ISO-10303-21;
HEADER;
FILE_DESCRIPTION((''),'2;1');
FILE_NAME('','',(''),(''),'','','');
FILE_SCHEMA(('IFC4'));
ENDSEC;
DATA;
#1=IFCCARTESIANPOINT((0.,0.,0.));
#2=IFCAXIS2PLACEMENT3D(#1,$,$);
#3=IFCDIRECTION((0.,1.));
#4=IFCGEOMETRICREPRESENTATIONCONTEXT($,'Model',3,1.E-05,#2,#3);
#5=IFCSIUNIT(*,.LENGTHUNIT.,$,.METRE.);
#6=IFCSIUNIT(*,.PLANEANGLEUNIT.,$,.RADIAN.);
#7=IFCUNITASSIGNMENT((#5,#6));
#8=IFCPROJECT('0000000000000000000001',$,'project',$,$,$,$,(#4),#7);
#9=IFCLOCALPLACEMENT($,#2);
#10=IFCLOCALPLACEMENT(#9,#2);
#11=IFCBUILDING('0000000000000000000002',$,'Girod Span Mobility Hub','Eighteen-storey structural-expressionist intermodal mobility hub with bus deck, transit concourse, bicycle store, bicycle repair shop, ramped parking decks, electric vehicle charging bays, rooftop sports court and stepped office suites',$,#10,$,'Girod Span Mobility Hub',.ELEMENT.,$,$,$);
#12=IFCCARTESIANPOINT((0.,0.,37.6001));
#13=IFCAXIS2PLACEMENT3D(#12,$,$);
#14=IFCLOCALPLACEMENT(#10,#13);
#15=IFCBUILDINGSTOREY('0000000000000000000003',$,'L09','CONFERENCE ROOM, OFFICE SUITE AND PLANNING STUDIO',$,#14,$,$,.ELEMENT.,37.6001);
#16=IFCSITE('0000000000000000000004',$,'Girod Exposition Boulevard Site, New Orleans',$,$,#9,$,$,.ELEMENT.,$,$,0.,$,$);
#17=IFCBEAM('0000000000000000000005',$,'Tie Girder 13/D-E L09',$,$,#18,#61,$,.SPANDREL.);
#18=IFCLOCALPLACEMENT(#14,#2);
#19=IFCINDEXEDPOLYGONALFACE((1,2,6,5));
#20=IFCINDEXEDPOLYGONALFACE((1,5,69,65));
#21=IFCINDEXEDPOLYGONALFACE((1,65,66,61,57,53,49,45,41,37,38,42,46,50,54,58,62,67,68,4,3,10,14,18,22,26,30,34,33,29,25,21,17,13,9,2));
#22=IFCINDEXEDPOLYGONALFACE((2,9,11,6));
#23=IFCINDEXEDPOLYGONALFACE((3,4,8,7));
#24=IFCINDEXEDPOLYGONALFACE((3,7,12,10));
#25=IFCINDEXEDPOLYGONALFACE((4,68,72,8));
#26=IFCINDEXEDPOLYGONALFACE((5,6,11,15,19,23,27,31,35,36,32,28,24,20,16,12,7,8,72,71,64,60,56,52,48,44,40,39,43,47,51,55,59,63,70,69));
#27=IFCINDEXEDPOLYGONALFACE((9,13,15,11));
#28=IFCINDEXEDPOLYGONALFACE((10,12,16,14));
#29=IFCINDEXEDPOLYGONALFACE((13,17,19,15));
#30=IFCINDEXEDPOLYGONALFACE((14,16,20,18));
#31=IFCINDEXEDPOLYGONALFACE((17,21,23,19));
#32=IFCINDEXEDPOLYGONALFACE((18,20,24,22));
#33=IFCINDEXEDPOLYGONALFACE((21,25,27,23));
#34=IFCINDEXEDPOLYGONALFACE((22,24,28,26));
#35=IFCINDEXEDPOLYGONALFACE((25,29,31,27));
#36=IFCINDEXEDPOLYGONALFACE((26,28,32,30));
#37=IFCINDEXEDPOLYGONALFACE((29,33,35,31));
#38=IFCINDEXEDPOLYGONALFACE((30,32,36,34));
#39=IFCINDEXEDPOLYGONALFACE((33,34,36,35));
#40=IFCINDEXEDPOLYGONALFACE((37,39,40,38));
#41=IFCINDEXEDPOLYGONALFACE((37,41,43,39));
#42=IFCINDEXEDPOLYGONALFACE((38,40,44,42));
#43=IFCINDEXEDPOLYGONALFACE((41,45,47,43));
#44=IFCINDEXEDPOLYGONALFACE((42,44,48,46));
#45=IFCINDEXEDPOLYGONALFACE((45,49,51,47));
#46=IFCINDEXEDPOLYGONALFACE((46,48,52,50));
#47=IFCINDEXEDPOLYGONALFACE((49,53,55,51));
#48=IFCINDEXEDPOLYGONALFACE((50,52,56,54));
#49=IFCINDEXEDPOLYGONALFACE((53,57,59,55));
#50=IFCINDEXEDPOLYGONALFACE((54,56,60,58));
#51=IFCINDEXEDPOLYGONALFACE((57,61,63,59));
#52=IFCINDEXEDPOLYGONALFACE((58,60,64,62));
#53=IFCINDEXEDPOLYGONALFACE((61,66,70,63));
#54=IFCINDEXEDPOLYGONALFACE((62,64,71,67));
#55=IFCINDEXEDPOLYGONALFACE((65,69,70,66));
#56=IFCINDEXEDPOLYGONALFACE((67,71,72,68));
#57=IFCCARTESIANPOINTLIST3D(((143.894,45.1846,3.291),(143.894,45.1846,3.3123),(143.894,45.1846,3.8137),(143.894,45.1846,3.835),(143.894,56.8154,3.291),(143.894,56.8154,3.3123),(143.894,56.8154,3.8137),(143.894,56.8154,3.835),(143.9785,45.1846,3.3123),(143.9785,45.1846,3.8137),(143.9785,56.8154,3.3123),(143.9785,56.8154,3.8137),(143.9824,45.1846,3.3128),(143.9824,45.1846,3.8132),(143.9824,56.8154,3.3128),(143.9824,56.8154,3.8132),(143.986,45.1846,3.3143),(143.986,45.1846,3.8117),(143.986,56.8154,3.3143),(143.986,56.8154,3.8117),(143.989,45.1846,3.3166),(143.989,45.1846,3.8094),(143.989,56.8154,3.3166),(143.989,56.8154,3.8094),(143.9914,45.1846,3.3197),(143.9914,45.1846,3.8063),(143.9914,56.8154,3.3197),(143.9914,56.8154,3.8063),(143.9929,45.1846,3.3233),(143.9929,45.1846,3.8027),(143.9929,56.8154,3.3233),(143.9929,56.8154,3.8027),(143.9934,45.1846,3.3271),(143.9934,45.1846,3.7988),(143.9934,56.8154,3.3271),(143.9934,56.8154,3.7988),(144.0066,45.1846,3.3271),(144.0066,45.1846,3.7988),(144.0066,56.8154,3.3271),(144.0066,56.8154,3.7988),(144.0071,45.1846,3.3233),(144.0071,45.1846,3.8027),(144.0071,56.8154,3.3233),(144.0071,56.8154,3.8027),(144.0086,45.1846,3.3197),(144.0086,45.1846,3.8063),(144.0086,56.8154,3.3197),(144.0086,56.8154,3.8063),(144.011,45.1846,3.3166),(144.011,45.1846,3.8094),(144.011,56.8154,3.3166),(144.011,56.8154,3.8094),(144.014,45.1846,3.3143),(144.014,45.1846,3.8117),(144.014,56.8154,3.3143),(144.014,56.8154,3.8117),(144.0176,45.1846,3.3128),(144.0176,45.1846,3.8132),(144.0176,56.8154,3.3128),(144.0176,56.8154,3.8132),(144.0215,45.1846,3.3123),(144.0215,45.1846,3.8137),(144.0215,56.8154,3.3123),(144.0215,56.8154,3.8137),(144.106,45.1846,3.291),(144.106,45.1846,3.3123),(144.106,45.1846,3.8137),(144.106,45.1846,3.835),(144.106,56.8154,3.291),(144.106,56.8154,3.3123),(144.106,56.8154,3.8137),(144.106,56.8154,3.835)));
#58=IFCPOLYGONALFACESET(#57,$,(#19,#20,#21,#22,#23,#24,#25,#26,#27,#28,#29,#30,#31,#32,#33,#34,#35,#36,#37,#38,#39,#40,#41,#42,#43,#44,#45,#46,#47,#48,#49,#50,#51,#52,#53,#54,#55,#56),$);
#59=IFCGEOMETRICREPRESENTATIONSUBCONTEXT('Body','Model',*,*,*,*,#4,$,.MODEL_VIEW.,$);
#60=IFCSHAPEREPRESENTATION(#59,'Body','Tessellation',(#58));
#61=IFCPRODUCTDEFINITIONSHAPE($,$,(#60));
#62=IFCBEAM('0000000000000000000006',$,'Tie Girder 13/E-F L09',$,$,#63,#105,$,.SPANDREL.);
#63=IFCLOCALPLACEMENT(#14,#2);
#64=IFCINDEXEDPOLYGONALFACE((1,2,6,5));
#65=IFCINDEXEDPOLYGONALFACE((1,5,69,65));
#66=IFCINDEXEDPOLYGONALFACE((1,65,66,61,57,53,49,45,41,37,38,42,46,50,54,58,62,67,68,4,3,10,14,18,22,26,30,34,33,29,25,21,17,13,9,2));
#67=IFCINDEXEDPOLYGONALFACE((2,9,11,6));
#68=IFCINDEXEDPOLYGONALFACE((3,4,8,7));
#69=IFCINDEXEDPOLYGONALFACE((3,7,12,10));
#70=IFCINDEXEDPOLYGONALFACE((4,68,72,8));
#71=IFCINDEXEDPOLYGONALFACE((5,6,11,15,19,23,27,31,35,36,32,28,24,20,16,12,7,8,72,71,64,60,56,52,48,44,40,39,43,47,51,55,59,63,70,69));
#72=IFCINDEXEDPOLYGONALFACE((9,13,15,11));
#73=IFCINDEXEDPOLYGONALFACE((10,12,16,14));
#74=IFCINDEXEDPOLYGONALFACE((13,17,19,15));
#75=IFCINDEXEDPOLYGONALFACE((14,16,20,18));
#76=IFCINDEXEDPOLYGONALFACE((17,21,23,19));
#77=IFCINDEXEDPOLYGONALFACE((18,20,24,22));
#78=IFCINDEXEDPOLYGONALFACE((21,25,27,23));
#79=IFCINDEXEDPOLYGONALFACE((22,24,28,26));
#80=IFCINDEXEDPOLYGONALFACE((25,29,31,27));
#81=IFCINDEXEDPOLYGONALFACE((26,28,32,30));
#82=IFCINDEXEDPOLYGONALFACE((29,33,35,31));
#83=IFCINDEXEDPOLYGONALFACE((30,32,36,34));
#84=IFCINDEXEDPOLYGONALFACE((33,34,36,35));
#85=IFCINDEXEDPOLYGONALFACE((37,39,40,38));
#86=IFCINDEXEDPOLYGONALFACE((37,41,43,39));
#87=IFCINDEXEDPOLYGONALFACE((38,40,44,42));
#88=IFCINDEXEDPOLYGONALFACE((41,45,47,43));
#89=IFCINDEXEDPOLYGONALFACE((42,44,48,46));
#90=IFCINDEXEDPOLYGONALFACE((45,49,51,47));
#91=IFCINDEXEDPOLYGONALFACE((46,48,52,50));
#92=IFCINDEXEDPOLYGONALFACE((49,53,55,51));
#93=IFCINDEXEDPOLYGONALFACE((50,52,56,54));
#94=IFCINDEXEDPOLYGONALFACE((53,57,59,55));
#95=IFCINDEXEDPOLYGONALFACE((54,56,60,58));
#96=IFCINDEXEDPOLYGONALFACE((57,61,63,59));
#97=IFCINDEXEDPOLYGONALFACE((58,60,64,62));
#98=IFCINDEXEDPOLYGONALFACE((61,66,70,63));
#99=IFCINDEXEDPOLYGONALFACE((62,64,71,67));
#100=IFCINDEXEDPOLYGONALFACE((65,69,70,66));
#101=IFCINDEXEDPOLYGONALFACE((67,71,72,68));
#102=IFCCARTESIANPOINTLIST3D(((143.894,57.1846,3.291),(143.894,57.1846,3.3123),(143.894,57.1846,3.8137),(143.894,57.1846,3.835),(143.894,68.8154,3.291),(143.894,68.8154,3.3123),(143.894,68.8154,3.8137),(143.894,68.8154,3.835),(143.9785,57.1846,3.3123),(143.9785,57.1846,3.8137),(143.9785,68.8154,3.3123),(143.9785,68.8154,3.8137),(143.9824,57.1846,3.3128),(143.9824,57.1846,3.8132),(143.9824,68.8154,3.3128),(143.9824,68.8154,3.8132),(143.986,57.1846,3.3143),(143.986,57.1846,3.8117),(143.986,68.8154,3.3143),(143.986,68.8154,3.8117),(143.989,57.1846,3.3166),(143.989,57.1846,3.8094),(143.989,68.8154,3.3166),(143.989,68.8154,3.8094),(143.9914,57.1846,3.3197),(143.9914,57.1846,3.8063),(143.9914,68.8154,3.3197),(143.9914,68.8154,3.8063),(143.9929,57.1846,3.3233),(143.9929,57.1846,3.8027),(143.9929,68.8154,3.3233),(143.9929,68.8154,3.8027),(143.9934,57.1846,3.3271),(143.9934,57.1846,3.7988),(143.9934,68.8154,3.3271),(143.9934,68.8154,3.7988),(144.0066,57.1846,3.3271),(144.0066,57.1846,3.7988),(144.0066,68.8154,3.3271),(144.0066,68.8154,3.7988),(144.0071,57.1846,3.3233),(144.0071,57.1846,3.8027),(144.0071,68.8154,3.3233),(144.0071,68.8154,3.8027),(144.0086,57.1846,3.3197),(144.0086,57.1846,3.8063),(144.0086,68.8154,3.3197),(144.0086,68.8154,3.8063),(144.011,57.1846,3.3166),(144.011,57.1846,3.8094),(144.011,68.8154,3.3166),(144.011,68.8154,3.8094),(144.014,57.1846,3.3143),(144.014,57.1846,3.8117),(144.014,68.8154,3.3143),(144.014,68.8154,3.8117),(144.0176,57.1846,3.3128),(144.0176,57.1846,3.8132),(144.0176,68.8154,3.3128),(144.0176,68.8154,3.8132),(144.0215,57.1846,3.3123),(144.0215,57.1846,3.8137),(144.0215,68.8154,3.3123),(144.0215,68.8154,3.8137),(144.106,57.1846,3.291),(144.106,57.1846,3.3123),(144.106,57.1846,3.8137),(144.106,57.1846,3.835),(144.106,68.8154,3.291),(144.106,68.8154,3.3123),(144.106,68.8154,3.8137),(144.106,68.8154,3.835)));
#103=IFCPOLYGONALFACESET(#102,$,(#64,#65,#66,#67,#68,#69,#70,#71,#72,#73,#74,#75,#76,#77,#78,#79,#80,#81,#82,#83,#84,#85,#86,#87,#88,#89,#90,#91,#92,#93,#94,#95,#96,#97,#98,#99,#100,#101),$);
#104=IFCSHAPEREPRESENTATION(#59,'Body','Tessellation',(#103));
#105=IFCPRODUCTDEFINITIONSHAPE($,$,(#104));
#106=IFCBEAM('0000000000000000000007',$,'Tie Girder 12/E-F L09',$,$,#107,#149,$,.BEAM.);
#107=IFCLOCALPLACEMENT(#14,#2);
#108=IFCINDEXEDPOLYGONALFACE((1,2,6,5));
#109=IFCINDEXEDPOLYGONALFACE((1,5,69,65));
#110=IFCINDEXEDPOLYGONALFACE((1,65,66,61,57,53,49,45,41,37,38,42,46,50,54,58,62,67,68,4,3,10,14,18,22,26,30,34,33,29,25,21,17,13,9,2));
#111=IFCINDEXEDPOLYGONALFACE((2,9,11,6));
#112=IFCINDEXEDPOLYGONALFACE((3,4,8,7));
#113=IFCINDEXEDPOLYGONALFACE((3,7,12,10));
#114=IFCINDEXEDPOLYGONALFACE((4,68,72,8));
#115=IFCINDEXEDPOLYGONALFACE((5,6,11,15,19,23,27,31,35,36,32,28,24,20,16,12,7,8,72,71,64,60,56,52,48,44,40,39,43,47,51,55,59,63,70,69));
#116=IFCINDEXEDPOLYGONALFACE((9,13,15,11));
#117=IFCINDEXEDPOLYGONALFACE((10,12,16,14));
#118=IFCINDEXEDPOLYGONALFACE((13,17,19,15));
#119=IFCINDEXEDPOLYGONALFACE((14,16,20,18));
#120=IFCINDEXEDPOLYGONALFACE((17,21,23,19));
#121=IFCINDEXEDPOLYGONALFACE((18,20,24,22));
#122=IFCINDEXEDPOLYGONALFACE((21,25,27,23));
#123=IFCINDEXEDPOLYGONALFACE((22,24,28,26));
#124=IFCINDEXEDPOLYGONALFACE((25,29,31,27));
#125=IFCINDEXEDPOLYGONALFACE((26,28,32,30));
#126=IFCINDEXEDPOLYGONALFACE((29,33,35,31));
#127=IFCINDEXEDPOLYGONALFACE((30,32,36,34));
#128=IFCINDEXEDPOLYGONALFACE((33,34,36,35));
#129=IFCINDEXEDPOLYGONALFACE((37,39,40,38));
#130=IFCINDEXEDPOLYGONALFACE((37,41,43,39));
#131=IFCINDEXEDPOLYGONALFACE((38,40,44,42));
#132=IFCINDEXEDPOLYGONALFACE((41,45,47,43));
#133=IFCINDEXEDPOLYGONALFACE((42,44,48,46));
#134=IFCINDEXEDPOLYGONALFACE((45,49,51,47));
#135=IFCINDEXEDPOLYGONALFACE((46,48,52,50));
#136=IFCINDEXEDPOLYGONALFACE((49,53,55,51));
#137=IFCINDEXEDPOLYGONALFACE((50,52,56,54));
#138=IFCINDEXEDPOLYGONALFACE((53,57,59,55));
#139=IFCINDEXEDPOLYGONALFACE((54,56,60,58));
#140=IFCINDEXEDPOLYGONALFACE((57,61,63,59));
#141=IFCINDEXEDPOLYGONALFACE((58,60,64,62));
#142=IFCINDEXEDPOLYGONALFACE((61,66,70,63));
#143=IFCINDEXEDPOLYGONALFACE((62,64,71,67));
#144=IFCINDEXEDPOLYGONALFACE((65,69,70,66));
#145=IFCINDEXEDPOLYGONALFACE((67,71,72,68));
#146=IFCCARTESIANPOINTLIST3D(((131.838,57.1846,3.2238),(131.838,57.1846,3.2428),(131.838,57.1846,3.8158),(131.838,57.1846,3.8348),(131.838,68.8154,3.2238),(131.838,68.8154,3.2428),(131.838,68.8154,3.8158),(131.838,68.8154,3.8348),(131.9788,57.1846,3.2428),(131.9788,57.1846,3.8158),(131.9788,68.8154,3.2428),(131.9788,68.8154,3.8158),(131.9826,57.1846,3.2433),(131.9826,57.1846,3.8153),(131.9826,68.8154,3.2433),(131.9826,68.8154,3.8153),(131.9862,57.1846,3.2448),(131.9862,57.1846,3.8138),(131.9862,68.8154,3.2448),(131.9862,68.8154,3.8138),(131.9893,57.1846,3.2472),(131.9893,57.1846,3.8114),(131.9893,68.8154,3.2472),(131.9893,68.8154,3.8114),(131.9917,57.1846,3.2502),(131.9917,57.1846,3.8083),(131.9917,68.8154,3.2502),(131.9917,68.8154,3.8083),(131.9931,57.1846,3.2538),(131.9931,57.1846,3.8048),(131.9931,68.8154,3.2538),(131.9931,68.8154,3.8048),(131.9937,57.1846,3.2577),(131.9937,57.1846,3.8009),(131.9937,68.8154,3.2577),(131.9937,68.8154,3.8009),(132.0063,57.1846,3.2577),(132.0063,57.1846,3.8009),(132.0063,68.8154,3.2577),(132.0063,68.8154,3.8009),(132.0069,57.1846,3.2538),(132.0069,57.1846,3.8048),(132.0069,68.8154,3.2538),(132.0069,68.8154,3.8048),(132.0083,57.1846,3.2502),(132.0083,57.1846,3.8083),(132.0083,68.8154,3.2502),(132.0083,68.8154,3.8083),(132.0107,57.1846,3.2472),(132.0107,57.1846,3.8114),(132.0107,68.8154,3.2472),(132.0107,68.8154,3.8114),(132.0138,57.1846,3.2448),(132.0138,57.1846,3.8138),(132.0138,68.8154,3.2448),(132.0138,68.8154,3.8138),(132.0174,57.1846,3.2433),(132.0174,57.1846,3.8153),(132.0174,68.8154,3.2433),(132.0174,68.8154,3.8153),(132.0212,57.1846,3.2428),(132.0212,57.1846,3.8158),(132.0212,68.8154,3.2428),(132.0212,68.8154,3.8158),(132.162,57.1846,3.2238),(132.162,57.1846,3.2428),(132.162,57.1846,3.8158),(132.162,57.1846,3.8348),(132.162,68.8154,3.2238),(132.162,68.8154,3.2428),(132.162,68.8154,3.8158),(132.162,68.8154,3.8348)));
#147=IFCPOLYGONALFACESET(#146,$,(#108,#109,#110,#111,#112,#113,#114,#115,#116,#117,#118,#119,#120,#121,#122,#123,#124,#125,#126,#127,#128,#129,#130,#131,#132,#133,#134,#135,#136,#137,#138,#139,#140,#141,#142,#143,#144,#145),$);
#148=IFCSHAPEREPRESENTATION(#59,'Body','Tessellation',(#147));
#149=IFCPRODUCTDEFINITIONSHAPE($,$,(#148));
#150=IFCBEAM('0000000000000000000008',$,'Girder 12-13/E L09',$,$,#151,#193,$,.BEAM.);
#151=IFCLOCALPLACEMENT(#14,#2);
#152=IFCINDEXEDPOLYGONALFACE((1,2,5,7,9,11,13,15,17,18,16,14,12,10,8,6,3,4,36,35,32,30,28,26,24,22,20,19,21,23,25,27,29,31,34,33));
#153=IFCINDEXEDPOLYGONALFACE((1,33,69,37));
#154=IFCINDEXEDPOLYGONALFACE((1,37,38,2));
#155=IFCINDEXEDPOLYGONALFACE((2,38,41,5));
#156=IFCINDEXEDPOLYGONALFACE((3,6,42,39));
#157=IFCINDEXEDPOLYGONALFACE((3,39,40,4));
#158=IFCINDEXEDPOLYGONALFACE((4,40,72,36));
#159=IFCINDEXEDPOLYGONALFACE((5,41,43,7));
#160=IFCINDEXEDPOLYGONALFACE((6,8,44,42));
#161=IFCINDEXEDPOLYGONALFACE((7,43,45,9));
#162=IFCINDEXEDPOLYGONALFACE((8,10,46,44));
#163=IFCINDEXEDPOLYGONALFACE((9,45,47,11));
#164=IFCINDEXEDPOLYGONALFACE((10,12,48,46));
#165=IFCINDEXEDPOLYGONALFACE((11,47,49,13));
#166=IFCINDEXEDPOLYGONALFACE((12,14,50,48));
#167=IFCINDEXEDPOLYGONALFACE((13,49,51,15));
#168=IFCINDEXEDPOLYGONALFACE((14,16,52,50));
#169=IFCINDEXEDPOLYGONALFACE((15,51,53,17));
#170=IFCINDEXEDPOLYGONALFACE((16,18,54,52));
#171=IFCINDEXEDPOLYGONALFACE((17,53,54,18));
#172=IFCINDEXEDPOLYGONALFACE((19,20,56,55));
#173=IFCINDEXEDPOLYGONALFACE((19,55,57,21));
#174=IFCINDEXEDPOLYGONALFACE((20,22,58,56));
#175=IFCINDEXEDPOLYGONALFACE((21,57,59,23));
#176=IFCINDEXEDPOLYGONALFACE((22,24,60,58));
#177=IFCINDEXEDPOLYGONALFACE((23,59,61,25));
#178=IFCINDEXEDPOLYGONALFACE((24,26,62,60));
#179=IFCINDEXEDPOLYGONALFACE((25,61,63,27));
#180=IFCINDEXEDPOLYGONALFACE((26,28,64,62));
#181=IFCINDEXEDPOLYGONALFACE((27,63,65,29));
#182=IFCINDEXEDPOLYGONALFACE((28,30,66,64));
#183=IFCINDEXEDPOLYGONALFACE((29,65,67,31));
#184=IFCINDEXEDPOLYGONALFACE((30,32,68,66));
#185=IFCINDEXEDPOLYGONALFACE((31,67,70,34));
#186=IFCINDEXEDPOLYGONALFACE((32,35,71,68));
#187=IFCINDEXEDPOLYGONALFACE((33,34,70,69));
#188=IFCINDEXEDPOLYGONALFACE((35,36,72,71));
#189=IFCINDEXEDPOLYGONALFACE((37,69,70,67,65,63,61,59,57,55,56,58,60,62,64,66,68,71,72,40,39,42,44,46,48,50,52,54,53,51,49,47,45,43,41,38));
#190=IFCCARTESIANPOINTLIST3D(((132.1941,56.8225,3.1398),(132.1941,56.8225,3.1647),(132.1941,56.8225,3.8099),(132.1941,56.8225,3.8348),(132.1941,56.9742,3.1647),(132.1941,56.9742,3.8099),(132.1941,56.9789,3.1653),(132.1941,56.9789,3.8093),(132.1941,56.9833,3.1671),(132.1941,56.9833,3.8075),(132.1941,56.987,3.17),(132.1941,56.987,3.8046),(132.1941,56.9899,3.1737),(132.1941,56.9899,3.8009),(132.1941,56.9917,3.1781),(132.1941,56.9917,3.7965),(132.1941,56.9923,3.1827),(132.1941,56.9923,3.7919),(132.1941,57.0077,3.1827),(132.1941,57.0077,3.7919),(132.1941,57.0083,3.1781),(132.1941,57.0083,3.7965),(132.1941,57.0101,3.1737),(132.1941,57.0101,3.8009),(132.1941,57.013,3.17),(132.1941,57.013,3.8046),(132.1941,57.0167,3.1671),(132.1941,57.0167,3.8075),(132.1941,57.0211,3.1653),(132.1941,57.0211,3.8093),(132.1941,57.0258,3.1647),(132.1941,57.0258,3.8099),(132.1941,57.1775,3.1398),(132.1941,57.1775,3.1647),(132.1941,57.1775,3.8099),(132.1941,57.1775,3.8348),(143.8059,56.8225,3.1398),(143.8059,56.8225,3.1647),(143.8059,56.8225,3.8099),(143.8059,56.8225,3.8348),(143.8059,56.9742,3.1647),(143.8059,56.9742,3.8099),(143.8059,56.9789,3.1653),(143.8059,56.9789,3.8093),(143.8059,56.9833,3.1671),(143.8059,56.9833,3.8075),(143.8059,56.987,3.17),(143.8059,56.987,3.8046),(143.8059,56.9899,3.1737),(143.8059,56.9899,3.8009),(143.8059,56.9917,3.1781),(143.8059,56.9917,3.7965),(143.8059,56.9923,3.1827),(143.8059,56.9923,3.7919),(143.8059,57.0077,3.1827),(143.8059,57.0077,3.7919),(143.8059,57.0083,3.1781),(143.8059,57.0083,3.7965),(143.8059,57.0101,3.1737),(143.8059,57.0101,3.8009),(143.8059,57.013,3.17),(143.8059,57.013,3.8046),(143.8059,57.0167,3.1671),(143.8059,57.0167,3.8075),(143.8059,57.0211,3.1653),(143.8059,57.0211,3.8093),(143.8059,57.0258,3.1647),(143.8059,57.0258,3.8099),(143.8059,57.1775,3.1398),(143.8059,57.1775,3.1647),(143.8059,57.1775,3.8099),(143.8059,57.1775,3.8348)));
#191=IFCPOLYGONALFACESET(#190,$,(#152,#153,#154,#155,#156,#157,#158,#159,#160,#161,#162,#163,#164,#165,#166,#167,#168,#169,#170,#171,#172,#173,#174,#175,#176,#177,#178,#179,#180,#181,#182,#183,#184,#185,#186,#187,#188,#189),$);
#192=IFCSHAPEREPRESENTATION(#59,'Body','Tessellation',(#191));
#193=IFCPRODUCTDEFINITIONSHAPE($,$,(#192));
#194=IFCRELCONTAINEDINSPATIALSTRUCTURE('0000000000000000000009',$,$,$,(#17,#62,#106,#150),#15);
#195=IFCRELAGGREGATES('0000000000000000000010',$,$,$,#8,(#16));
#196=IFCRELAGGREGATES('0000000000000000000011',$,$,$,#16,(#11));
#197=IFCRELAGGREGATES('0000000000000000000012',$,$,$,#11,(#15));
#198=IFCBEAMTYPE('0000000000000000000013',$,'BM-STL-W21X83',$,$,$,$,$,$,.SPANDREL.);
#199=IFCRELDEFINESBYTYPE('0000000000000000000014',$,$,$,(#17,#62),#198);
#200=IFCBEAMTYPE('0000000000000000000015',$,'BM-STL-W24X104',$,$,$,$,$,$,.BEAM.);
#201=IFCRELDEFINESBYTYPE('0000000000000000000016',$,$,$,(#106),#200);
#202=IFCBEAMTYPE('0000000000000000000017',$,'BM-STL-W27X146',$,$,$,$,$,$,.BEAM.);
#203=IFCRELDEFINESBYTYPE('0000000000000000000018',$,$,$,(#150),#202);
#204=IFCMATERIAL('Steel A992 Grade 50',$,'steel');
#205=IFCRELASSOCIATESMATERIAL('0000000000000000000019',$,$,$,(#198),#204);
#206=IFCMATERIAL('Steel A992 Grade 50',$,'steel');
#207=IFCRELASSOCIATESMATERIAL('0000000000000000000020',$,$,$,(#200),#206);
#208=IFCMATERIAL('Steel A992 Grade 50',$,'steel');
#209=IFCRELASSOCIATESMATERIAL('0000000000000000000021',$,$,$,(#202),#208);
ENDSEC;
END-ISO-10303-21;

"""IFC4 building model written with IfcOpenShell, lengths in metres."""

from ifc_helpers import new_model, si_unit, direction, frame, origin, origin_2d, place, context, subcontext, project, spatial, i_section, extrude, material, material_profile, profile_set, type_object, element, save


model = new_model("IFC4")

# Units and contexts
model_context = context("Model", 3, precision=1e-05, world=origin(), true_north=direction((0.0, 1.0)))
body_context = subcontext(model_context, "Body", "Model", "MODEL_VIEW")
ifc_project = project(units=[si_unit("LENGTHUNIT", "METRE"), si_unit("PLANEANGLEUNIT", "RADIAN")], contexts=[model_context])

# Site, building, storey
site_placement = place(None, origin())
site = spatial("IfcSite", under=ifc_project, at=site_placement, Name="Girod Exposition Boulevard Site, New Orleans", CompositionType="ELEMENT", RefElevation=0.0)
building_placement = place(site_placement, origin())
building = spatial("IfcBuilding", under=site, at=building_placement, Name="Girod Span Mobility Hub", Description="Eighteen-storey structural-expressionist intermodal mobility hub with bus deck, transit concourse, bicycle store, bicycle repair shop, ramped parking decks, electric vehicle charging bays, rooftop sports court and stepped office suites", LongName="Girod Span Mobility Hub", CompositionType="ELEMENT")
storey_placement = place(building_placement, frame((0.0, 0.0, 37.6001)))
storey = spatial("IfcBuildingStorey", under=building, at=storey_placement, Name="L09", Description="CONFERENCE ROOM, OFFICE SUITE AND PLANNING STUDIO", CompositionType="ELEMENT", Elevation=37.6001)

# Beams
ifc_material_1 = material(Name="Steel A992 Grade 50", Category="steel")
ifc_material_profile_1 = material_profile(ifc_material_1, i_section(OverallWidth=0.2119, OverallDepth=0.5439, WebThickness=0.0132, FlangeThickness=0.0212, FilletRadius=0.0149, at=origin_2d()), Name="W21X83")
ifc_profile_set_1 = profile_set([ifc_material_profile_1], Name="Steel A992 Grade 50")
beam_type_1 = type_object("IfcBeamType", Name="BM-STL-W21X83", PredefinedType="SPANDREL", material=ifc_profile_set_1)
for number, where, z_axis, x_axis, name in (
    (1, (144.0, 45.1846, 3.563), (0.0, 1.0, 0.0), (-1.0, 0.0, 0.0), "Tie Girder 13/D-E L09"),
    (2, (144.0, 57.1846, 3.563), (0.0, 1.0, 0.0), (-1.0, 0.0, 0.0), "Tie Girder 13/E-F L09"),
):
    element("IfcBeam", number, at=place(storey_placement, frame(where, z_axis=z_axis, x_axis=x_axis)), inside=storey, type_object=beam_type_1, Name=name, PredefinedType="SPANDREL", context=body_context, shape_type="SweptSolid", body=[
        extrude(i_section(OverallWidth=0.2119, OverallDepth=0.5439, WebThickness=0.0132, FlangeThickness=0.0212, FilletRadius=0.0149, at=origin_2d()), origin(), (0.0, 0.0, 1.0), 11.6309),
    ])
ifc_material_2 = material(Name="Steel A992 Grade 50", Category="steel")
ifc_material_profile_2 = material_profile(ifc_material_2, i_section(OverallWidth=0.324, OverallDepth=0.6111, WebThickness=0.0127, FlangeThickness=0.019, FilletRadius=0.0149, at=origin_2d()), Name="W24X104")
ifc_profile_set_2 = profile_set([ifc_material_profile_2], Name="Steel A992 Grade 50")
beam_type_2 = type_object("IfcBeamType", Name="BM-STL-W24X104", PredefinedType="BEAM", material=ifc_profile_set_2)
beam_1_placement = place(storey_placement, frame((132.0, 57.1846, 3.5293), z_axis=(0.0, 1.0, 0.0), x_axis=(-1.0, 0.0, 0.0)))
element("IfcBeam", 3, at=beam_1_placement, inside=storey, type_object=beam_type_2, Name="Tie Girder 12/E-F L09", PredefinedType="BEAM", context=body_context, shape_type="SweptSolid", body=[
    extrude(i_section(OverallWidth=0.324, OverallDepth=0.6111, WebThickness=0.0127, FlangeThickness=0.019, FilletRadius=0.0149, at=origin_2d()), origin(), (0.0, 0.0, 1.0), 11.6309),
])
ifc_material_3 = material(Name="Steel A992 Grade 50", Category="steel")
ifc_material_profile_3 = material_profile(ifc_material_3, i_section(OverallWidth=0.355, OverallDepth=0.6951, WebThickness=0.0154, FlangeThickness=0.0249, FilletRadius=0.0181, at=origin_2d()), Name="W27X146")
ifc_profile_set_3 = profile_set([ifc_material_profile_3], Name="Steel A992 Grade 50")
beam_type_3 = type_object("IfcBeamType", Name="BM-STL-W27X146", PredefinedType="BEAM", material=ifc_profile_set_3)
beam_2_placement = place(storey_placement, frame((132.1941, 57.0, 3.4873), z_axis=(1.0, 0.0, 0.0), x_axis=(0.0, 1.0, 0.0)))
element("IfcBeam", 4, at=beam_2_placement, inside=storey, type_object=beam_type_3, Name="Girder 12-13/E L09", PredefinedType="BEAM", context=body_context, shape_type="SweptSolid", body=[
    extrude(i_section(OverallWidth=0.355, OverallDepth=0.6951, WebThickness=0.0154, FlangeThickness=0.0249, FilletRadius=0.0181, at=origin_2d()), origin(), (0.0, 0.0, 1.0), 11.6118),
])

save(model, "model.ifc")
